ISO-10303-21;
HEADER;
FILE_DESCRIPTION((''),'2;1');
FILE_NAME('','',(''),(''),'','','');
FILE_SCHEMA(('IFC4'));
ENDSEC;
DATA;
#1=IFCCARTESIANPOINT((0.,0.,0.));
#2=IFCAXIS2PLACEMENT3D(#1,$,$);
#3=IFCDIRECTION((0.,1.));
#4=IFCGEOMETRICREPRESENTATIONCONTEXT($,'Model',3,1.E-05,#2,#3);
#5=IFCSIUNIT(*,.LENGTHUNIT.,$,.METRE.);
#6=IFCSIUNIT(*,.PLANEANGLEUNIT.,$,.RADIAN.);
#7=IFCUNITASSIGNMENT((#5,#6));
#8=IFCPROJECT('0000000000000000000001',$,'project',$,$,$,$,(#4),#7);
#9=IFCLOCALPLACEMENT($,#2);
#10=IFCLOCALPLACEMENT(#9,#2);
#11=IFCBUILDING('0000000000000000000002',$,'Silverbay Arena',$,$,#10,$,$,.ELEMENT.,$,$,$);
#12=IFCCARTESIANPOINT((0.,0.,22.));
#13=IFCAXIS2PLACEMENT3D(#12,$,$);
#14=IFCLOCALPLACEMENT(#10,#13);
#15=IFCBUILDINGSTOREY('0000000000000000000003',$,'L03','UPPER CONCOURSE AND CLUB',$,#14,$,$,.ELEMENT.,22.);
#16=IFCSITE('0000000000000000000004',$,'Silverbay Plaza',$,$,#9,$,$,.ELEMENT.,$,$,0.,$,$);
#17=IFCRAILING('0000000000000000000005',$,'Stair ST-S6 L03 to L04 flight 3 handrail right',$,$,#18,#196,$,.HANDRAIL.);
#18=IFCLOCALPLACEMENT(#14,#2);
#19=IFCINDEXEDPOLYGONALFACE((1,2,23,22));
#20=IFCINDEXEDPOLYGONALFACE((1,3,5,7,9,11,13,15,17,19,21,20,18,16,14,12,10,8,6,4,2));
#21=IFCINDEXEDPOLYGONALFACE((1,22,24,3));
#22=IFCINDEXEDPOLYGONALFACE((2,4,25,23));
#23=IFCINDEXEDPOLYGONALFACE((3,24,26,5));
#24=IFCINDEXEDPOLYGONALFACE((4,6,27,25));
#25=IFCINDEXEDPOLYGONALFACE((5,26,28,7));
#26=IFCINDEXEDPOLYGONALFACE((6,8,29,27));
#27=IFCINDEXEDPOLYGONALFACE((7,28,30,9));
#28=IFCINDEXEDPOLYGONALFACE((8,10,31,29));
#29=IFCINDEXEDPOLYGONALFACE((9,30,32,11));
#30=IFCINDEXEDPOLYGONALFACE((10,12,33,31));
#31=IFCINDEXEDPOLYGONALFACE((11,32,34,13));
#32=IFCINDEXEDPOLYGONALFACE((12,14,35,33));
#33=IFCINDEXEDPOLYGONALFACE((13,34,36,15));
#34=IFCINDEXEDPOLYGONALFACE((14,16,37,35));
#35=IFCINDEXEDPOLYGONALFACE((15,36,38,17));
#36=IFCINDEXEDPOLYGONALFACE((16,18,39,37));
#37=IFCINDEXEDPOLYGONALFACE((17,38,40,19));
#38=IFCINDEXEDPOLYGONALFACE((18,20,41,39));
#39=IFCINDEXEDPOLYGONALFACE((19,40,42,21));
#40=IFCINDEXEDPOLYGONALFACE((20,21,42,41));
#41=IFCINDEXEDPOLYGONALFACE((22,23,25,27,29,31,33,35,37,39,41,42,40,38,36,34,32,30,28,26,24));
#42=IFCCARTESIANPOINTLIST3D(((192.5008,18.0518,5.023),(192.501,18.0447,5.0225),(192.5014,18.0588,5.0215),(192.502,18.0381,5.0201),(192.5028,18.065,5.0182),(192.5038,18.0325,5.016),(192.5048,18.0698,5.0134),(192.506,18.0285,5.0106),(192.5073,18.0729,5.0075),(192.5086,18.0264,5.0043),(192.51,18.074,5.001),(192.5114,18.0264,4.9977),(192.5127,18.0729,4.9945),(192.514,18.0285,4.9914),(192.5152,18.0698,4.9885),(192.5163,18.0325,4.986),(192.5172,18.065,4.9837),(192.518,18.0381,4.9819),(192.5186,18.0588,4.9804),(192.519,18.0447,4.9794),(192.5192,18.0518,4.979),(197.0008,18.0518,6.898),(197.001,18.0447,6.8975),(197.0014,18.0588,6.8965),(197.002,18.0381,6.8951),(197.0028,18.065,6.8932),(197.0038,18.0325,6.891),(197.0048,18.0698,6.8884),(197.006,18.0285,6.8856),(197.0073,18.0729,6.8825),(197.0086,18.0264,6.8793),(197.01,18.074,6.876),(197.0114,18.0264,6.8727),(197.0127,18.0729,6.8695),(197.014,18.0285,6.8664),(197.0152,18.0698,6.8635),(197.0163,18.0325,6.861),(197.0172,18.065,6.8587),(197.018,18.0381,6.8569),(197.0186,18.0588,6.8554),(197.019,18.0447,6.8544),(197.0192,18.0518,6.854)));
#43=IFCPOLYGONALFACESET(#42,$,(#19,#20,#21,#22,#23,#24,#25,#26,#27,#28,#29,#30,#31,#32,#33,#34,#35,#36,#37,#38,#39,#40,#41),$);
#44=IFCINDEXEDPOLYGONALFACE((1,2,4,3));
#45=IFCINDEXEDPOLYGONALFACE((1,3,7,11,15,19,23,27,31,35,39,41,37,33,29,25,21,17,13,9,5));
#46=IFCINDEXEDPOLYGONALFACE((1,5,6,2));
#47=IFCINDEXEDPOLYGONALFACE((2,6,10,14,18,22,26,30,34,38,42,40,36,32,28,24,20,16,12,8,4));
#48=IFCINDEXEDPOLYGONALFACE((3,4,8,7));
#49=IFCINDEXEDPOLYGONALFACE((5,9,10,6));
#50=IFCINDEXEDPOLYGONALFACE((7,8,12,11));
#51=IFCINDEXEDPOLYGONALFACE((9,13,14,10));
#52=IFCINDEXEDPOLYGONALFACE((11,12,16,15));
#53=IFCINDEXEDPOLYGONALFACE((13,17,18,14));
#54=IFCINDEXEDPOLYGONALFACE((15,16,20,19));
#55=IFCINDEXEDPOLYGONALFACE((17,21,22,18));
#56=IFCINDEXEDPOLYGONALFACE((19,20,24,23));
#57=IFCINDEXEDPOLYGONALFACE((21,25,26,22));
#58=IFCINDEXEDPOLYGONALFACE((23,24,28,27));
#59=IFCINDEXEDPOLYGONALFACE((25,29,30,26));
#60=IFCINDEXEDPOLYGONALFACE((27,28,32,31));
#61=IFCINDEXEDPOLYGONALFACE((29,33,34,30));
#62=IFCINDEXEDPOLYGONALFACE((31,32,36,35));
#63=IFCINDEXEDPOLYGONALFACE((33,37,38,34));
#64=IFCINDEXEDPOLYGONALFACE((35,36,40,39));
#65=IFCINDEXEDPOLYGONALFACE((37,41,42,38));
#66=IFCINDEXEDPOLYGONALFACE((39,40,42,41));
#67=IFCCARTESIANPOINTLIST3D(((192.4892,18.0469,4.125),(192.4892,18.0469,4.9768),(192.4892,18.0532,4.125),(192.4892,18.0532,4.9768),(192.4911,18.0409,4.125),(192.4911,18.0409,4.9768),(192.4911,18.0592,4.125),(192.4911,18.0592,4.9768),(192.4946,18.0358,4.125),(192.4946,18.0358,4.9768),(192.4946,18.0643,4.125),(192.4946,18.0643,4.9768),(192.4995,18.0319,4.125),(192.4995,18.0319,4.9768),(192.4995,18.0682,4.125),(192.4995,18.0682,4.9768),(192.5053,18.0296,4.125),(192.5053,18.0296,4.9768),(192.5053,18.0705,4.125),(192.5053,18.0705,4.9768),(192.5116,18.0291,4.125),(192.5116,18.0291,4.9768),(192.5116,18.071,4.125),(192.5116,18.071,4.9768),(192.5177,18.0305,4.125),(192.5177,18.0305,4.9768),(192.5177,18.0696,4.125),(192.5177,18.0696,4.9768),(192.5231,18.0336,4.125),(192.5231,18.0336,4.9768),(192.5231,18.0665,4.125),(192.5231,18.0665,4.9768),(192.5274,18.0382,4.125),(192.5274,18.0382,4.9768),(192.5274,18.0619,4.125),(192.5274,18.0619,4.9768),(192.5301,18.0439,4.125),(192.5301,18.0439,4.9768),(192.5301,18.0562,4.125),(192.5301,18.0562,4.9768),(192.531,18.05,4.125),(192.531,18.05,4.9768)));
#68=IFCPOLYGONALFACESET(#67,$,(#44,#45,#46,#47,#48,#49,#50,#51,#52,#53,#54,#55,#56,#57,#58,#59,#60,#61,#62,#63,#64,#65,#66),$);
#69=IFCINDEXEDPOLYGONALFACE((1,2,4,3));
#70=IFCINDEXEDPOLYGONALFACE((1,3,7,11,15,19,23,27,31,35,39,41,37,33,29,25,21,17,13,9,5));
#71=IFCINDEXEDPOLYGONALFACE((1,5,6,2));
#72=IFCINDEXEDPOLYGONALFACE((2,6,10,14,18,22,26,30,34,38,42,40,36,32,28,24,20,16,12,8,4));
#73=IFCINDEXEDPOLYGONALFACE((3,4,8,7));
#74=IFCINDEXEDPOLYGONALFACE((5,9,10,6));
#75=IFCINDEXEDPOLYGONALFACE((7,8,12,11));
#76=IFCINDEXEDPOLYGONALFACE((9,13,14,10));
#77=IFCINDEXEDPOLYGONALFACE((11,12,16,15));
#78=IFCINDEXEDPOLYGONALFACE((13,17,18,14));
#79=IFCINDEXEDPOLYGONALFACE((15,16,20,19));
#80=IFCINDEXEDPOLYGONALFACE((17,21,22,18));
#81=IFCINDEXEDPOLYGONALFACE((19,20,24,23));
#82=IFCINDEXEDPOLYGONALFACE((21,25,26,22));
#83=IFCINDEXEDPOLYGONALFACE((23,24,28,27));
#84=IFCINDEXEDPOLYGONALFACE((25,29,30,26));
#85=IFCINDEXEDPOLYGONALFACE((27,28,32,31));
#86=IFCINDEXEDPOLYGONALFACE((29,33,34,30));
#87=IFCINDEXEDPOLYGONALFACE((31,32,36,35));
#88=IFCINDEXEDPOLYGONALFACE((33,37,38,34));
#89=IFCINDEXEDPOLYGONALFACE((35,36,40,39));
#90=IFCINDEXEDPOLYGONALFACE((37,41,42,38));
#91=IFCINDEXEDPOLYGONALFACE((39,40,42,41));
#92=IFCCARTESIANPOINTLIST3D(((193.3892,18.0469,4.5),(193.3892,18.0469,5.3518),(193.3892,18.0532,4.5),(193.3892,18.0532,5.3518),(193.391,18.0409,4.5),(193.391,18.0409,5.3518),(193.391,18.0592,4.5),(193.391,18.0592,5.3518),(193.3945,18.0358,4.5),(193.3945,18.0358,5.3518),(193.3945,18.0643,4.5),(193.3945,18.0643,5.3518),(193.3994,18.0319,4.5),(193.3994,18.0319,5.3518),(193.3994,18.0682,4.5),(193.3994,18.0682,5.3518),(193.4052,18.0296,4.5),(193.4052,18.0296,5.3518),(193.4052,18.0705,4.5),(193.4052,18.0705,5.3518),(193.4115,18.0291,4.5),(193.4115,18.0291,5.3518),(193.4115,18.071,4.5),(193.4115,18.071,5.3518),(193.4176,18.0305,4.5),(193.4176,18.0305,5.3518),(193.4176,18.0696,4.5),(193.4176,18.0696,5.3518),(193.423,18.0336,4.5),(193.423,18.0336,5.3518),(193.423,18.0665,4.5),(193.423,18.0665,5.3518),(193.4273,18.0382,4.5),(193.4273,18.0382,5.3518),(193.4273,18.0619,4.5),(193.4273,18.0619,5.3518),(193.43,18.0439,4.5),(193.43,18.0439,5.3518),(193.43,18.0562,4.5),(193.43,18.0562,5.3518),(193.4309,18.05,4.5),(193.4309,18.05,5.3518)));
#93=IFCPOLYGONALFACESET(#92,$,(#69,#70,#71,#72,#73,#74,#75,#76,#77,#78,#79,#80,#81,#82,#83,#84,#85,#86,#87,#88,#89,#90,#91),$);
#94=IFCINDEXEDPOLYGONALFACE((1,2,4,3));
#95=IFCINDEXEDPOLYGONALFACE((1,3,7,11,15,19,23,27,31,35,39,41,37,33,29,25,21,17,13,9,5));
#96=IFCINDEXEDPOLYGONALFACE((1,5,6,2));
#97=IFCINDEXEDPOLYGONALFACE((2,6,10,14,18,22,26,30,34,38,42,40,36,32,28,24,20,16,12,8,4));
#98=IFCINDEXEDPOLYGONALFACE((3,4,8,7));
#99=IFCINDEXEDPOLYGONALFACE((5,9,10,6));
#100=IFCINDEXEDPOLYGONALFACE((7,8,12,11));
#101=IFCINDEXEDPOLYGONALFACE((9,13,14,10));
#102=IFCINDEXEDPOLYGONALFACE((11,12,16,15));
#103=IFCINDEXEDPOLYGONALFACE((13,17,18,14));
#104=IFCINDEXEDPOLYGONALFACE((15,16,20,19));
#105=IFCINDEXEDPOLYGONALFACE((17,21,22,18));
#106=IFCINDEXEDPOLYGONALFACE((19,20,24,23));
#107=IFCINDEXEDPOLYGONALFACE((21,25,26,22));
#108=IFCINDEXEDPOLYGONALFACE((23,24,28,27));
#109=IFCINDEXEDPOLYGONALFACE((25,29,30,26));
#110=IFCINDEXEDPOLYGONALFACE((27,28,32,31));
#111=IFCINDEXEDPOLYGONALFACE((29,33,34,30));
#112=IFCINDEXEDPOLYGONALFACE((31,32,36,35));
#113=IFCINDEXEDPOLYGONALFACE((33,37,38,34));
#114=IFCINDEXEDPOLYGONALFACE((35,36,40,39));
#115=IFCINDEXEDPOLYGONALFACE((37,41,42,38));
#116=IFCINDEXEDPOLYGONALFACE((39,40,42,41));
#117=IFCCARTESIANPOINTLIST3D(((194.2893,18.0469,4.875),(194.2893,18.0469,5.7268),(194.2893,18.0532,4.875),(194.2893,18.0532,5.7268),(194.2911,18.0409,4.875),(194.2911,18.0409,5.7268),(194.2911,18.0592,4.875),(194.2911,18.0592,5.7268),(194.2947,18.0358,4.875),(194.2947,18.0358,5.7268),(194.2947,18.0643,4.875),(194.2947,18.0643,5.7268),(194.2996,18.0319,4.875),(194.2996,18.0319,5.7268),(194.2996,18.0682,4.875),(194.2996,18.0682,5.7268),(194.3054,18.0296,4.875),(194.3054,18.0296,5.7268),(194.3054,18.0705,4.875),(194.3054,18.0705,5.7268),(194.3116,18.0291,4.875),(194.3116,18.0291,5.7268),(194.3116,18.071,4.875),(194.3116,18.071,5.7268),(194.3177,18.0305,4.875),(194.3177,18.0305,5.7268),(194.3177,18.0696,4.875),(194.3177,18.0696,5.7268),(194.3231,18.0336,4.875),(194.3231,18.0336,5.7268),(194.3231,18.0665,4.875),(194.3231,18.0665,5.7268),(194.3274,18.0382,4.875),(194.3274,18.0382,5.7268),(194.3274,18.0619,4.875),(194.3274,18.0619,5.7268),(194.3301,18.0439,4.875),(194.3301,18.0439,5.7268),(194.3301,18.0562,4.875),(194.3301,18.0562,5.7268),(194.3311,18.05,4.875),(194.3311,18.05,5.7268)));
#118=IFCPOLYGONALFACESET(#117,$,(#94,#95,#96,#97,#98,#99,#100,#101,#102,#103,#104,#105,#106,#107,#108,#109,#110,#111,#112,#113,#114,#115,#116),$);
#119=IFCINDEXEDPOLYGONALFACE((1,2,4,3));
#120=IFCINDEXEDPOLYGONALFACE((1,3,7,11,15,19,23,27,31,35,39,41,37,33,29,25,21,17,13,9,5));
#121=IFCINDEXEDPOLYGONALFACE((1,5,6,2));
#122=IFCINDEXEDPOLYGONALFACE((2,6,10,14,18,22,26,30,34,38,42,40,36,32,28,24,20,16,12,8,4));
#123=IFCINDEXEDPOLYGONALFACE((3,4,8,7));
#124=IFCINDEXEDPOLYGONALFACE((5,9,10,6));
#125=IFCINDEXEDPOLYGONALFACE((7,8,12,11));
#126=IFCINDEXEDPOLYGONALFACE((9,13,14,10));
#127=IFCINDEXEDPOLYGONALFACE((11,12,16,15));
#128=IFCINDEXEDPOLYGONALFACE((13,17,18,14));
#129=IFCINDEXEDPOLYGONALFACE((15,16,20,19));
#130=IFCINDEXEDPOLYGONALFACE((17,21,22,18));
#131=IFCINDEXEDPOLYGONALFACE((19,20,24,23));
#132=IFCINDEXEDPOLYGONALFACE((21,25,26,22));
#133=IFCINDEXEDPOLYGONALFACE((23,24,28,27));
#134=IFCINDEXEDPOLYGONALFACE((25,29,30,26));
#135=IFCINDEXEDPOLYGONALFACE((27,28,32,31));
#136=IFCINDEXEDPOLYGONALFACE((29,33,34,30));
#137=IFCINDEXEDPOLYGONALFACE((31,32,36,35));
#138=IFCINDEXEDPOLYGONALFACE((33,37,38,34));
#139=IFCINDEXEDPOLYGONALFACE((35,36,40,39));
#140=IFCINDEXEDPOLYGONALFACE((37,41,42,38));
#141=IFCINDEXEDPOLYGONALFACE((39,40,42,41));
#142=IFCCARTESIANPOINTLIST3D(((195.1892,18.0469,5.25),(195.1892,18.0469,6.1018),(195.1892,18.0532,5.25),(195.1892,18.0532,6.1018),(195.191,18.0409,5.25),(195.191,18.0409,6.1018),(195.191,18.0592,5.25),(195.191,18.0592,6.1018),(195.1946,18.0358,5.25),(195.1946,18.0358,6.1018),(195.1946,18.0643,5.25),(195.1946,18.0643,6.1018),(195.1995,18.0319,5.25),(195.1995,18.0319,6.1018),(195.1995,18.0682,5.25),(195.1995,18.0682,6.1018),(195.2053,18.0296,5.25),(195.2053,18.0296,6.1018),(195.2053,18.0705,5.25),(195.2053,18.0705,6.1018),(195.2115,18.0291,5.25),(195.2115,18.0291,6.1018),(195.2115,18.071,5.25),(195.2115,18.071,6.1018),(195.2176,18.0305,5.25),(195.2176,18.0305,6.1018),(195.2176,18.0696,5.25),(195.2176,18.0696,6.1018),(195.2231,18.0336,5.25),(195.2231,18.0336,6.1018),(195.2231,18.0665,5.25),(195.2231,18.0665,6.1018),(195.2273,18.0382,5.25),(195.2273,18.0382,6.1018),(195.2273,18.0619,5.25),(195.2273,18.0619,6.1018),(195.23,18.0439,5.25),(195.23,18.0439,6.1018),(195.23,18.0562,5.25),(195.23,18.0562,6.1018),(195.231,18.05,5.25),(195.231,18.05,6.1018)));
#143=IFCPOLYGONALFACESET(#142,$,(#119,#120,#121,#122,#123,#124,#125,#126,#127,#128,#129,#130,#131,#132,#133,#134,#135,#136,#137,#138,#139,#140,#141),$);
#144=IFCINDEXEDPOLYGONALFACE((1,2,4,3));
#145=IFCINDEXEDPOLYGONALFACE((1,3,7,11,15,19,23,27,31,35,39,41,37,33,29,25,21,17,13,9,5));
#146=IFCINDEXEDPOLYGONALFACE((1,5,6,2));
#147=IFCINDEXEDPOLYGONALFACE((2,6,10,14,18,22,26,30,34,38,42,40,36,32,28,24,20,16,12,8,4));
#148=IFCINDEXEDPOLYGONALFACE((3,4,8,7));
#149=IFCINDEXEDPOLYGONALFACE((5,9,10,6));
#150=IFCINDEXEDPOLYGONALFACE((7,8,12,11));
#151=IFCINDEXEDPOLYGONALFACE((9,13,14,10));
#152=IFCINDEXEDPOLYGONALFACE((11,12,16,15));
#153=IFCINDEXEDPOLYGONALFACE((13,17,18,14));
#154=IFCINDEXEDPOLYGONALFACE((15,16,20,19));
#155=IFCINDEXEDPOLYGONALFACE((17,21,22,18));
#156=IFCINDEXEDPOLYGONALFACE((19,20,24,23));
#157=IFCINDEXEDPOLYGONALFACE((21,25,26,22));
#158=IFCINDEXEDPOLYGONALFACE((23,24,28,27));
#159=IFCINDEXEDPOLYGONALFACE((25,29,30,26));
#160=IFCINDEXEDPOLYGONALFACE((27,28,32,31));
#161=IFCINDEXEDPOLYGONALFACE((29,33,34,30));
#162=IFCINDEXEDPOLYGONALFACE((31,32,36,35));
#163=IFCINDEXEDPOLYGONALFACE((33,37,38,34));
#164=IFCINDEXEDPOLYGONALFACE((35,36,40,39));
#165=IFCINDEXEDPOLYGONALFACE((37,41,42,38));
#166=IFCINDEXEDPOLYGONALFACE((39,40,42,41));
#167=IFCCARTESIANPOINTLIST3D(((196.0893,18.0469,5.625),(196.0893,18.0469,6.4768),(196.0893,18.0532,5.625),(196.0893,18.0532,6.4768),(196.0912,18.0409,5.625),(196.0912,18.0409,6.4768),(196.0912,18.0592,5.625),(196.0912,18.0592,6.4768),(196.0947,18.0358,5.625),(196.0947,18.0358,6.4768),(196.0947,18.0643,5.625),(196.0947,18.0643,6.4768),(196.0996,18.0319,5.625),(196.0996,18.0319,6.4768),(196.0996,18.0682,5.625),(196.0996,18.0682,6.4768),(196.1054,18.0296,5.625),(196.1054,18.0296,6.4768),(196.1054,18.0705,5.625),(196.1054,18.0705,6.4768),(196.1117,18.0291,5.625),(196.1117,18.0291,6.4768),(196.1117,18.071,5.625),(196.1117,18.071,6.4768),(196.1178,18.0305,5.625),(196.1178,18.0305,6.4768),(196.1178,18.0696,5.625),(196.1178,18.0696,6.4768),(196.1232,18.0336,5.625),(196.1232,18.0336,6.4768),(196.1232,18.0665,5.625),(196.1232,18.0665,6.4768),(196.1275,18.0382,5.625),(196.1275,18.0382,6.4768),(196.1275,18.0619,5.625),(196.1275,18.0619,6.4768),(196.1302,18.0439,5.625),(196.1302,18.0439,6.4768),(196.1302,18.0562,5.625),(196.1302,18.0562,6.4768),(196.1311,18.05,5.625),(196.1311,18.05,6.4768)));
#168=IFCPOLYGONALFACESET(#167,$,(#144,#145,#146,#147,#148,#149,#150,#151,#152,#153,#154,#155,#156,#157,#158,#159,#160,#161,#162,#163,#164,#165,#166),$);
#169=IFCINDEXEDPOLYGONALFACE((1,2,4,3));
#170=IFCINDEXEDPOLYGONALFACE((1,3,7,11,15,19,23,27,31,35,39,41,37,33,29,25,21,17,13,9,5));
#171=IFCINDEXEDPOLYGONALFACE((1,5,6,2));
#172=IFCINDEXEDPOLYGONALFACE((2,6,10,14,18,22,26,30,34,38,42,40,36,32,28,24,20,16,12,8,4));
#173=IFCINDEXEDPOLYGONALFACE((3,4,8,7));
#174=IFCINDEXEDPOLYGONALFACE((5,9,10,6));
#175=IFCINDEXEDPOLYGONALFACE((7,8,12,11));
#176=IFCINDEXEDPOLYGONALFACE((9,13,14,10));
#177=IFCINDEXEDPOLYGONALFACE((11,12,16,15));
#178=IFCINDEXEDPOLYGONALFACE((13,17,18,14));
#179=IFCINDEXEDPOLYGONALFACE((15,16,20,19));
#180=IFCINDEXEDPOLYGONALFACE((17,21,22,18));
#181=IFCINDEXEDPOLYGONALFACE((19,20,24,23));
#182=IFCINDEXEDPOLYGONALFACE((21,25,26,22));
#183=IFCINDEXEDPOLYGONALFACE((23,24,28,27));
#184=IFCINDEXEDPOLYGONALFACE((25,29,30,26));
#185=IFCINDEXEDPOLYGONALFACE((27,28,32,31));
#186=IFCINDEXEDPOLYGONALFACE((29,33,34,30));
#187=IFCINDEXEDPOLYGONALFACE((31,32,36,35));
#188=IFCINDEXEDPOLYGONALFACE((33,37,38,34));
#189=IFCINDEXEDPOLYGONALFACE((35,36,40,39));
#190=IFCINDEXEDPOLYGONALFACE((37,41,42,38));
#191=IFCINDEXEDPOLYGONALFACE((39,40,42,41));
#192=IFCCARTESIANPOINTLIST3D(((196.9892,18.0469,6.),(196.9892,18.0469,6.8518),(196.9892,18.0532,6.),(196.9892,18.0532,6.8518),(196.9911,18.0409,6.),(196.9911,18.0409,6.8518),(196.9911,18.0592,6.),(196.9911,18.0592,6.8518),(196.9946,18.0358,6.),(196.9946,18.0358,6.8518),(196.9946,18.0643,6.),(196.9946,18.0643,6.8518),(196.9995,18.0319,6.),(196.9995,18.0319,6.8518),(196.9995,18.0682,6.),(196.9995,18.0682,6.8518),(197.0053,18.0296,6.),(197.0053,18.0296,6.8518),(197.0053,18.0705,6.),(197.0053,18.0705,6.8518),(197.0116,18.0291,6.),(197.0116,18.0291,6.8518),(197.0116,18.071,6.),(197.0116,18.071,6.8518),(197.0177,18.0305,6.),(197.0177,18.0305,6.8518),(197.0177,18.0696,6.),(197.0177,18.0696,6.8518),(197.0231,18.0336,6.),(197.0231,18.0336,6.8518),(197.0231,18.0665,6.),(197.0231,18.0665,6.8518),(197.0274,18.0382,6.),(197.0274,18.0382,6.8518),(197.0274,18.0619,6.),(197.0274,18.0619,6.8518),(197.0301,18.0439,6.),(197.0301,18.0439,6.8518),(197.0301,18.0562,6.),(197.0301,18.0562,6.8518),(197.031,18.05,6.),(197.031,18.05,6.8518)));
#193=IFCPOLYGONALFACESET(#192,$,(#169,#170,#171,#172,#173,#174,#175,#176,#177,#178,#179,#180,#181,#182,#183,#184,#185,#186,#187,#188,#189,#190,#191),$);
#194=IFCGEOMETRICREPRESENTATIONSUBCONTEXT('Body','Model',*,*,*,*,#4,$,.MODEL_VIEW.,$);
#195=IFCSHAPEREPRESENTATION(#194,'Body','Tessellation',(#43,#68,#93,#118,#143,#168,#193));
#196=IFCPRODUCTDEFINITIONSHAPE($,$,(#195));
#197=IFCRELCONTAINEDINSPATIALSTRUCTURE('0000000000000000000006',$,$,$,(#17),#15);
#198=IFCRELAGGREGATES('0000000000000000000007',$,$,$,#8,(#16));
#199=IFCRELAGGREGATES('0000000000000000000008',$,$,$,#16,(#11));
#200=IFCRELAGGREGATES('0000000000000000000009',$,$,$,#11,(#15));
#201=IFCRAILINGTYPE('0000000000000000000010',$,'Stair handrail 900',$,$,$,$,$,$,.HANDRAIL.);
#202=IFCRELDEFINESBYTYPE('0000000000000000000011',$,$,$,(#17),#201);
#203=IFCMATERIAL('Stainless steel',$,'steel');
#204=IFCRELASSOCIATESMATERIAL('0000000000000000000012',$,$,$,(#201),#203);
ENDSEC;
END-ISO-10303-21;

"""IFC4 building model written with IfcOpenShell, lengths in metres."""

from ifc_helpers import new_model, si_unit, direction, frame, origin, origin_2d, place, context, subcontext, project, spatial, circle, extrude, material, type_object, element, save


model = new_model("IFC4")

# Units and contexts
model_context = context("Model", 3, precision=1e-05, world=origin(), true_north=direction((0.0, 1.0)))
body_context = subcontext(model_context, "Body", "Model", "MODEL_VIEW")
ifc_project = project(units=[si_unit("LENGTHUNIT", "METRE"), si_unit("PLANEANGLEUNIT", "RADIAN")], contexts=[model_context])

# Site, building, storey
site_placement = place(None, origin())
site = spatial("IfcSite", under=ifc_project, at=site_placement, Name="Silverbay Plaza", CompositionType="ELEMENT", RefElevation=0.0)
building_placement = place(site_placement, origin())
building = spatial("IfcBuilding", under=site, at=building_placement, Name="Silverbay Arena", CompositionType="ELEMENT")
storey_placement = place(building_placement, frame((0.0, 0.0, 22.0)))
storey = spatial("IfcBuildingStorey", under=building, at=storey_placement, Name="L03", Description="UPPER CONCOURSE AND CLUB", CompositionType="ELEMENT", Elevation=22.0)

# Railing
ifc_material_1 = material(Name="Stainless steel", Category="steel")
railing_type_1 = type_object("IfcRailingType", Name="Stair handrail 900", PredefinedType="HANDRAIL", material=ifc_material_1)
for number, where, name in (
    (1, (192.51, 18.05, 4.125), "Stair ST-S6 L03 to L04 flight 3 handrail right"),
):
    element("IfcRailing", number, at=place(storey_placement, frame(where)), inside=storey, type_object=railing_type_1, Name=name, PredefinedType="HANDRAIL", context=body_context, shape_type="SweptSolid", body=[
        extrude(circle(Radius=0.0239, at=origin_2d()), frame((0.0, 0.0, 0.876), z_axis=(0.923077, 0.0, 0.384615), x_axis=(0.0, 1.0, 0.0)), (0.0, 0.0, 1.0), 4.875),
        extrude(circle(Radius=0.021, at=origin_2d()), origin(), (0.0, 0.0, 1.0), 0.8518),
        extrude(circle(Radius=0.021, at=origin_2d()), frame((0.8999, 0.0, 0.375)), (0.0, 0.0, 1.0), 0.8518),
        extrude(circle(Radius=0.021, at=origin_2d()), frame((1.8, 0.0, 0.75)), (0.0, 0.0, 1.0), 0.8518),
        extrude(circle(Radius=0.021, at=origin_2d()), frame((2.7, 0.0, 1.125)), (0.0, 0.0, 1.0), 0.8518),
        extrude(circle(Radius=0.021, at=origin_2d()), frame((3.6001, 0.0, 1.5)), (0.0, 0.0, 1.0), 0.8518),
        extrude(circle(Radius=0.021, at=origin_2d()), frame((4.5, 0.0, 1.875)), (0.0, 0.0, 1.0), 0.8518),
    ])

save(model, "model.ifc")
